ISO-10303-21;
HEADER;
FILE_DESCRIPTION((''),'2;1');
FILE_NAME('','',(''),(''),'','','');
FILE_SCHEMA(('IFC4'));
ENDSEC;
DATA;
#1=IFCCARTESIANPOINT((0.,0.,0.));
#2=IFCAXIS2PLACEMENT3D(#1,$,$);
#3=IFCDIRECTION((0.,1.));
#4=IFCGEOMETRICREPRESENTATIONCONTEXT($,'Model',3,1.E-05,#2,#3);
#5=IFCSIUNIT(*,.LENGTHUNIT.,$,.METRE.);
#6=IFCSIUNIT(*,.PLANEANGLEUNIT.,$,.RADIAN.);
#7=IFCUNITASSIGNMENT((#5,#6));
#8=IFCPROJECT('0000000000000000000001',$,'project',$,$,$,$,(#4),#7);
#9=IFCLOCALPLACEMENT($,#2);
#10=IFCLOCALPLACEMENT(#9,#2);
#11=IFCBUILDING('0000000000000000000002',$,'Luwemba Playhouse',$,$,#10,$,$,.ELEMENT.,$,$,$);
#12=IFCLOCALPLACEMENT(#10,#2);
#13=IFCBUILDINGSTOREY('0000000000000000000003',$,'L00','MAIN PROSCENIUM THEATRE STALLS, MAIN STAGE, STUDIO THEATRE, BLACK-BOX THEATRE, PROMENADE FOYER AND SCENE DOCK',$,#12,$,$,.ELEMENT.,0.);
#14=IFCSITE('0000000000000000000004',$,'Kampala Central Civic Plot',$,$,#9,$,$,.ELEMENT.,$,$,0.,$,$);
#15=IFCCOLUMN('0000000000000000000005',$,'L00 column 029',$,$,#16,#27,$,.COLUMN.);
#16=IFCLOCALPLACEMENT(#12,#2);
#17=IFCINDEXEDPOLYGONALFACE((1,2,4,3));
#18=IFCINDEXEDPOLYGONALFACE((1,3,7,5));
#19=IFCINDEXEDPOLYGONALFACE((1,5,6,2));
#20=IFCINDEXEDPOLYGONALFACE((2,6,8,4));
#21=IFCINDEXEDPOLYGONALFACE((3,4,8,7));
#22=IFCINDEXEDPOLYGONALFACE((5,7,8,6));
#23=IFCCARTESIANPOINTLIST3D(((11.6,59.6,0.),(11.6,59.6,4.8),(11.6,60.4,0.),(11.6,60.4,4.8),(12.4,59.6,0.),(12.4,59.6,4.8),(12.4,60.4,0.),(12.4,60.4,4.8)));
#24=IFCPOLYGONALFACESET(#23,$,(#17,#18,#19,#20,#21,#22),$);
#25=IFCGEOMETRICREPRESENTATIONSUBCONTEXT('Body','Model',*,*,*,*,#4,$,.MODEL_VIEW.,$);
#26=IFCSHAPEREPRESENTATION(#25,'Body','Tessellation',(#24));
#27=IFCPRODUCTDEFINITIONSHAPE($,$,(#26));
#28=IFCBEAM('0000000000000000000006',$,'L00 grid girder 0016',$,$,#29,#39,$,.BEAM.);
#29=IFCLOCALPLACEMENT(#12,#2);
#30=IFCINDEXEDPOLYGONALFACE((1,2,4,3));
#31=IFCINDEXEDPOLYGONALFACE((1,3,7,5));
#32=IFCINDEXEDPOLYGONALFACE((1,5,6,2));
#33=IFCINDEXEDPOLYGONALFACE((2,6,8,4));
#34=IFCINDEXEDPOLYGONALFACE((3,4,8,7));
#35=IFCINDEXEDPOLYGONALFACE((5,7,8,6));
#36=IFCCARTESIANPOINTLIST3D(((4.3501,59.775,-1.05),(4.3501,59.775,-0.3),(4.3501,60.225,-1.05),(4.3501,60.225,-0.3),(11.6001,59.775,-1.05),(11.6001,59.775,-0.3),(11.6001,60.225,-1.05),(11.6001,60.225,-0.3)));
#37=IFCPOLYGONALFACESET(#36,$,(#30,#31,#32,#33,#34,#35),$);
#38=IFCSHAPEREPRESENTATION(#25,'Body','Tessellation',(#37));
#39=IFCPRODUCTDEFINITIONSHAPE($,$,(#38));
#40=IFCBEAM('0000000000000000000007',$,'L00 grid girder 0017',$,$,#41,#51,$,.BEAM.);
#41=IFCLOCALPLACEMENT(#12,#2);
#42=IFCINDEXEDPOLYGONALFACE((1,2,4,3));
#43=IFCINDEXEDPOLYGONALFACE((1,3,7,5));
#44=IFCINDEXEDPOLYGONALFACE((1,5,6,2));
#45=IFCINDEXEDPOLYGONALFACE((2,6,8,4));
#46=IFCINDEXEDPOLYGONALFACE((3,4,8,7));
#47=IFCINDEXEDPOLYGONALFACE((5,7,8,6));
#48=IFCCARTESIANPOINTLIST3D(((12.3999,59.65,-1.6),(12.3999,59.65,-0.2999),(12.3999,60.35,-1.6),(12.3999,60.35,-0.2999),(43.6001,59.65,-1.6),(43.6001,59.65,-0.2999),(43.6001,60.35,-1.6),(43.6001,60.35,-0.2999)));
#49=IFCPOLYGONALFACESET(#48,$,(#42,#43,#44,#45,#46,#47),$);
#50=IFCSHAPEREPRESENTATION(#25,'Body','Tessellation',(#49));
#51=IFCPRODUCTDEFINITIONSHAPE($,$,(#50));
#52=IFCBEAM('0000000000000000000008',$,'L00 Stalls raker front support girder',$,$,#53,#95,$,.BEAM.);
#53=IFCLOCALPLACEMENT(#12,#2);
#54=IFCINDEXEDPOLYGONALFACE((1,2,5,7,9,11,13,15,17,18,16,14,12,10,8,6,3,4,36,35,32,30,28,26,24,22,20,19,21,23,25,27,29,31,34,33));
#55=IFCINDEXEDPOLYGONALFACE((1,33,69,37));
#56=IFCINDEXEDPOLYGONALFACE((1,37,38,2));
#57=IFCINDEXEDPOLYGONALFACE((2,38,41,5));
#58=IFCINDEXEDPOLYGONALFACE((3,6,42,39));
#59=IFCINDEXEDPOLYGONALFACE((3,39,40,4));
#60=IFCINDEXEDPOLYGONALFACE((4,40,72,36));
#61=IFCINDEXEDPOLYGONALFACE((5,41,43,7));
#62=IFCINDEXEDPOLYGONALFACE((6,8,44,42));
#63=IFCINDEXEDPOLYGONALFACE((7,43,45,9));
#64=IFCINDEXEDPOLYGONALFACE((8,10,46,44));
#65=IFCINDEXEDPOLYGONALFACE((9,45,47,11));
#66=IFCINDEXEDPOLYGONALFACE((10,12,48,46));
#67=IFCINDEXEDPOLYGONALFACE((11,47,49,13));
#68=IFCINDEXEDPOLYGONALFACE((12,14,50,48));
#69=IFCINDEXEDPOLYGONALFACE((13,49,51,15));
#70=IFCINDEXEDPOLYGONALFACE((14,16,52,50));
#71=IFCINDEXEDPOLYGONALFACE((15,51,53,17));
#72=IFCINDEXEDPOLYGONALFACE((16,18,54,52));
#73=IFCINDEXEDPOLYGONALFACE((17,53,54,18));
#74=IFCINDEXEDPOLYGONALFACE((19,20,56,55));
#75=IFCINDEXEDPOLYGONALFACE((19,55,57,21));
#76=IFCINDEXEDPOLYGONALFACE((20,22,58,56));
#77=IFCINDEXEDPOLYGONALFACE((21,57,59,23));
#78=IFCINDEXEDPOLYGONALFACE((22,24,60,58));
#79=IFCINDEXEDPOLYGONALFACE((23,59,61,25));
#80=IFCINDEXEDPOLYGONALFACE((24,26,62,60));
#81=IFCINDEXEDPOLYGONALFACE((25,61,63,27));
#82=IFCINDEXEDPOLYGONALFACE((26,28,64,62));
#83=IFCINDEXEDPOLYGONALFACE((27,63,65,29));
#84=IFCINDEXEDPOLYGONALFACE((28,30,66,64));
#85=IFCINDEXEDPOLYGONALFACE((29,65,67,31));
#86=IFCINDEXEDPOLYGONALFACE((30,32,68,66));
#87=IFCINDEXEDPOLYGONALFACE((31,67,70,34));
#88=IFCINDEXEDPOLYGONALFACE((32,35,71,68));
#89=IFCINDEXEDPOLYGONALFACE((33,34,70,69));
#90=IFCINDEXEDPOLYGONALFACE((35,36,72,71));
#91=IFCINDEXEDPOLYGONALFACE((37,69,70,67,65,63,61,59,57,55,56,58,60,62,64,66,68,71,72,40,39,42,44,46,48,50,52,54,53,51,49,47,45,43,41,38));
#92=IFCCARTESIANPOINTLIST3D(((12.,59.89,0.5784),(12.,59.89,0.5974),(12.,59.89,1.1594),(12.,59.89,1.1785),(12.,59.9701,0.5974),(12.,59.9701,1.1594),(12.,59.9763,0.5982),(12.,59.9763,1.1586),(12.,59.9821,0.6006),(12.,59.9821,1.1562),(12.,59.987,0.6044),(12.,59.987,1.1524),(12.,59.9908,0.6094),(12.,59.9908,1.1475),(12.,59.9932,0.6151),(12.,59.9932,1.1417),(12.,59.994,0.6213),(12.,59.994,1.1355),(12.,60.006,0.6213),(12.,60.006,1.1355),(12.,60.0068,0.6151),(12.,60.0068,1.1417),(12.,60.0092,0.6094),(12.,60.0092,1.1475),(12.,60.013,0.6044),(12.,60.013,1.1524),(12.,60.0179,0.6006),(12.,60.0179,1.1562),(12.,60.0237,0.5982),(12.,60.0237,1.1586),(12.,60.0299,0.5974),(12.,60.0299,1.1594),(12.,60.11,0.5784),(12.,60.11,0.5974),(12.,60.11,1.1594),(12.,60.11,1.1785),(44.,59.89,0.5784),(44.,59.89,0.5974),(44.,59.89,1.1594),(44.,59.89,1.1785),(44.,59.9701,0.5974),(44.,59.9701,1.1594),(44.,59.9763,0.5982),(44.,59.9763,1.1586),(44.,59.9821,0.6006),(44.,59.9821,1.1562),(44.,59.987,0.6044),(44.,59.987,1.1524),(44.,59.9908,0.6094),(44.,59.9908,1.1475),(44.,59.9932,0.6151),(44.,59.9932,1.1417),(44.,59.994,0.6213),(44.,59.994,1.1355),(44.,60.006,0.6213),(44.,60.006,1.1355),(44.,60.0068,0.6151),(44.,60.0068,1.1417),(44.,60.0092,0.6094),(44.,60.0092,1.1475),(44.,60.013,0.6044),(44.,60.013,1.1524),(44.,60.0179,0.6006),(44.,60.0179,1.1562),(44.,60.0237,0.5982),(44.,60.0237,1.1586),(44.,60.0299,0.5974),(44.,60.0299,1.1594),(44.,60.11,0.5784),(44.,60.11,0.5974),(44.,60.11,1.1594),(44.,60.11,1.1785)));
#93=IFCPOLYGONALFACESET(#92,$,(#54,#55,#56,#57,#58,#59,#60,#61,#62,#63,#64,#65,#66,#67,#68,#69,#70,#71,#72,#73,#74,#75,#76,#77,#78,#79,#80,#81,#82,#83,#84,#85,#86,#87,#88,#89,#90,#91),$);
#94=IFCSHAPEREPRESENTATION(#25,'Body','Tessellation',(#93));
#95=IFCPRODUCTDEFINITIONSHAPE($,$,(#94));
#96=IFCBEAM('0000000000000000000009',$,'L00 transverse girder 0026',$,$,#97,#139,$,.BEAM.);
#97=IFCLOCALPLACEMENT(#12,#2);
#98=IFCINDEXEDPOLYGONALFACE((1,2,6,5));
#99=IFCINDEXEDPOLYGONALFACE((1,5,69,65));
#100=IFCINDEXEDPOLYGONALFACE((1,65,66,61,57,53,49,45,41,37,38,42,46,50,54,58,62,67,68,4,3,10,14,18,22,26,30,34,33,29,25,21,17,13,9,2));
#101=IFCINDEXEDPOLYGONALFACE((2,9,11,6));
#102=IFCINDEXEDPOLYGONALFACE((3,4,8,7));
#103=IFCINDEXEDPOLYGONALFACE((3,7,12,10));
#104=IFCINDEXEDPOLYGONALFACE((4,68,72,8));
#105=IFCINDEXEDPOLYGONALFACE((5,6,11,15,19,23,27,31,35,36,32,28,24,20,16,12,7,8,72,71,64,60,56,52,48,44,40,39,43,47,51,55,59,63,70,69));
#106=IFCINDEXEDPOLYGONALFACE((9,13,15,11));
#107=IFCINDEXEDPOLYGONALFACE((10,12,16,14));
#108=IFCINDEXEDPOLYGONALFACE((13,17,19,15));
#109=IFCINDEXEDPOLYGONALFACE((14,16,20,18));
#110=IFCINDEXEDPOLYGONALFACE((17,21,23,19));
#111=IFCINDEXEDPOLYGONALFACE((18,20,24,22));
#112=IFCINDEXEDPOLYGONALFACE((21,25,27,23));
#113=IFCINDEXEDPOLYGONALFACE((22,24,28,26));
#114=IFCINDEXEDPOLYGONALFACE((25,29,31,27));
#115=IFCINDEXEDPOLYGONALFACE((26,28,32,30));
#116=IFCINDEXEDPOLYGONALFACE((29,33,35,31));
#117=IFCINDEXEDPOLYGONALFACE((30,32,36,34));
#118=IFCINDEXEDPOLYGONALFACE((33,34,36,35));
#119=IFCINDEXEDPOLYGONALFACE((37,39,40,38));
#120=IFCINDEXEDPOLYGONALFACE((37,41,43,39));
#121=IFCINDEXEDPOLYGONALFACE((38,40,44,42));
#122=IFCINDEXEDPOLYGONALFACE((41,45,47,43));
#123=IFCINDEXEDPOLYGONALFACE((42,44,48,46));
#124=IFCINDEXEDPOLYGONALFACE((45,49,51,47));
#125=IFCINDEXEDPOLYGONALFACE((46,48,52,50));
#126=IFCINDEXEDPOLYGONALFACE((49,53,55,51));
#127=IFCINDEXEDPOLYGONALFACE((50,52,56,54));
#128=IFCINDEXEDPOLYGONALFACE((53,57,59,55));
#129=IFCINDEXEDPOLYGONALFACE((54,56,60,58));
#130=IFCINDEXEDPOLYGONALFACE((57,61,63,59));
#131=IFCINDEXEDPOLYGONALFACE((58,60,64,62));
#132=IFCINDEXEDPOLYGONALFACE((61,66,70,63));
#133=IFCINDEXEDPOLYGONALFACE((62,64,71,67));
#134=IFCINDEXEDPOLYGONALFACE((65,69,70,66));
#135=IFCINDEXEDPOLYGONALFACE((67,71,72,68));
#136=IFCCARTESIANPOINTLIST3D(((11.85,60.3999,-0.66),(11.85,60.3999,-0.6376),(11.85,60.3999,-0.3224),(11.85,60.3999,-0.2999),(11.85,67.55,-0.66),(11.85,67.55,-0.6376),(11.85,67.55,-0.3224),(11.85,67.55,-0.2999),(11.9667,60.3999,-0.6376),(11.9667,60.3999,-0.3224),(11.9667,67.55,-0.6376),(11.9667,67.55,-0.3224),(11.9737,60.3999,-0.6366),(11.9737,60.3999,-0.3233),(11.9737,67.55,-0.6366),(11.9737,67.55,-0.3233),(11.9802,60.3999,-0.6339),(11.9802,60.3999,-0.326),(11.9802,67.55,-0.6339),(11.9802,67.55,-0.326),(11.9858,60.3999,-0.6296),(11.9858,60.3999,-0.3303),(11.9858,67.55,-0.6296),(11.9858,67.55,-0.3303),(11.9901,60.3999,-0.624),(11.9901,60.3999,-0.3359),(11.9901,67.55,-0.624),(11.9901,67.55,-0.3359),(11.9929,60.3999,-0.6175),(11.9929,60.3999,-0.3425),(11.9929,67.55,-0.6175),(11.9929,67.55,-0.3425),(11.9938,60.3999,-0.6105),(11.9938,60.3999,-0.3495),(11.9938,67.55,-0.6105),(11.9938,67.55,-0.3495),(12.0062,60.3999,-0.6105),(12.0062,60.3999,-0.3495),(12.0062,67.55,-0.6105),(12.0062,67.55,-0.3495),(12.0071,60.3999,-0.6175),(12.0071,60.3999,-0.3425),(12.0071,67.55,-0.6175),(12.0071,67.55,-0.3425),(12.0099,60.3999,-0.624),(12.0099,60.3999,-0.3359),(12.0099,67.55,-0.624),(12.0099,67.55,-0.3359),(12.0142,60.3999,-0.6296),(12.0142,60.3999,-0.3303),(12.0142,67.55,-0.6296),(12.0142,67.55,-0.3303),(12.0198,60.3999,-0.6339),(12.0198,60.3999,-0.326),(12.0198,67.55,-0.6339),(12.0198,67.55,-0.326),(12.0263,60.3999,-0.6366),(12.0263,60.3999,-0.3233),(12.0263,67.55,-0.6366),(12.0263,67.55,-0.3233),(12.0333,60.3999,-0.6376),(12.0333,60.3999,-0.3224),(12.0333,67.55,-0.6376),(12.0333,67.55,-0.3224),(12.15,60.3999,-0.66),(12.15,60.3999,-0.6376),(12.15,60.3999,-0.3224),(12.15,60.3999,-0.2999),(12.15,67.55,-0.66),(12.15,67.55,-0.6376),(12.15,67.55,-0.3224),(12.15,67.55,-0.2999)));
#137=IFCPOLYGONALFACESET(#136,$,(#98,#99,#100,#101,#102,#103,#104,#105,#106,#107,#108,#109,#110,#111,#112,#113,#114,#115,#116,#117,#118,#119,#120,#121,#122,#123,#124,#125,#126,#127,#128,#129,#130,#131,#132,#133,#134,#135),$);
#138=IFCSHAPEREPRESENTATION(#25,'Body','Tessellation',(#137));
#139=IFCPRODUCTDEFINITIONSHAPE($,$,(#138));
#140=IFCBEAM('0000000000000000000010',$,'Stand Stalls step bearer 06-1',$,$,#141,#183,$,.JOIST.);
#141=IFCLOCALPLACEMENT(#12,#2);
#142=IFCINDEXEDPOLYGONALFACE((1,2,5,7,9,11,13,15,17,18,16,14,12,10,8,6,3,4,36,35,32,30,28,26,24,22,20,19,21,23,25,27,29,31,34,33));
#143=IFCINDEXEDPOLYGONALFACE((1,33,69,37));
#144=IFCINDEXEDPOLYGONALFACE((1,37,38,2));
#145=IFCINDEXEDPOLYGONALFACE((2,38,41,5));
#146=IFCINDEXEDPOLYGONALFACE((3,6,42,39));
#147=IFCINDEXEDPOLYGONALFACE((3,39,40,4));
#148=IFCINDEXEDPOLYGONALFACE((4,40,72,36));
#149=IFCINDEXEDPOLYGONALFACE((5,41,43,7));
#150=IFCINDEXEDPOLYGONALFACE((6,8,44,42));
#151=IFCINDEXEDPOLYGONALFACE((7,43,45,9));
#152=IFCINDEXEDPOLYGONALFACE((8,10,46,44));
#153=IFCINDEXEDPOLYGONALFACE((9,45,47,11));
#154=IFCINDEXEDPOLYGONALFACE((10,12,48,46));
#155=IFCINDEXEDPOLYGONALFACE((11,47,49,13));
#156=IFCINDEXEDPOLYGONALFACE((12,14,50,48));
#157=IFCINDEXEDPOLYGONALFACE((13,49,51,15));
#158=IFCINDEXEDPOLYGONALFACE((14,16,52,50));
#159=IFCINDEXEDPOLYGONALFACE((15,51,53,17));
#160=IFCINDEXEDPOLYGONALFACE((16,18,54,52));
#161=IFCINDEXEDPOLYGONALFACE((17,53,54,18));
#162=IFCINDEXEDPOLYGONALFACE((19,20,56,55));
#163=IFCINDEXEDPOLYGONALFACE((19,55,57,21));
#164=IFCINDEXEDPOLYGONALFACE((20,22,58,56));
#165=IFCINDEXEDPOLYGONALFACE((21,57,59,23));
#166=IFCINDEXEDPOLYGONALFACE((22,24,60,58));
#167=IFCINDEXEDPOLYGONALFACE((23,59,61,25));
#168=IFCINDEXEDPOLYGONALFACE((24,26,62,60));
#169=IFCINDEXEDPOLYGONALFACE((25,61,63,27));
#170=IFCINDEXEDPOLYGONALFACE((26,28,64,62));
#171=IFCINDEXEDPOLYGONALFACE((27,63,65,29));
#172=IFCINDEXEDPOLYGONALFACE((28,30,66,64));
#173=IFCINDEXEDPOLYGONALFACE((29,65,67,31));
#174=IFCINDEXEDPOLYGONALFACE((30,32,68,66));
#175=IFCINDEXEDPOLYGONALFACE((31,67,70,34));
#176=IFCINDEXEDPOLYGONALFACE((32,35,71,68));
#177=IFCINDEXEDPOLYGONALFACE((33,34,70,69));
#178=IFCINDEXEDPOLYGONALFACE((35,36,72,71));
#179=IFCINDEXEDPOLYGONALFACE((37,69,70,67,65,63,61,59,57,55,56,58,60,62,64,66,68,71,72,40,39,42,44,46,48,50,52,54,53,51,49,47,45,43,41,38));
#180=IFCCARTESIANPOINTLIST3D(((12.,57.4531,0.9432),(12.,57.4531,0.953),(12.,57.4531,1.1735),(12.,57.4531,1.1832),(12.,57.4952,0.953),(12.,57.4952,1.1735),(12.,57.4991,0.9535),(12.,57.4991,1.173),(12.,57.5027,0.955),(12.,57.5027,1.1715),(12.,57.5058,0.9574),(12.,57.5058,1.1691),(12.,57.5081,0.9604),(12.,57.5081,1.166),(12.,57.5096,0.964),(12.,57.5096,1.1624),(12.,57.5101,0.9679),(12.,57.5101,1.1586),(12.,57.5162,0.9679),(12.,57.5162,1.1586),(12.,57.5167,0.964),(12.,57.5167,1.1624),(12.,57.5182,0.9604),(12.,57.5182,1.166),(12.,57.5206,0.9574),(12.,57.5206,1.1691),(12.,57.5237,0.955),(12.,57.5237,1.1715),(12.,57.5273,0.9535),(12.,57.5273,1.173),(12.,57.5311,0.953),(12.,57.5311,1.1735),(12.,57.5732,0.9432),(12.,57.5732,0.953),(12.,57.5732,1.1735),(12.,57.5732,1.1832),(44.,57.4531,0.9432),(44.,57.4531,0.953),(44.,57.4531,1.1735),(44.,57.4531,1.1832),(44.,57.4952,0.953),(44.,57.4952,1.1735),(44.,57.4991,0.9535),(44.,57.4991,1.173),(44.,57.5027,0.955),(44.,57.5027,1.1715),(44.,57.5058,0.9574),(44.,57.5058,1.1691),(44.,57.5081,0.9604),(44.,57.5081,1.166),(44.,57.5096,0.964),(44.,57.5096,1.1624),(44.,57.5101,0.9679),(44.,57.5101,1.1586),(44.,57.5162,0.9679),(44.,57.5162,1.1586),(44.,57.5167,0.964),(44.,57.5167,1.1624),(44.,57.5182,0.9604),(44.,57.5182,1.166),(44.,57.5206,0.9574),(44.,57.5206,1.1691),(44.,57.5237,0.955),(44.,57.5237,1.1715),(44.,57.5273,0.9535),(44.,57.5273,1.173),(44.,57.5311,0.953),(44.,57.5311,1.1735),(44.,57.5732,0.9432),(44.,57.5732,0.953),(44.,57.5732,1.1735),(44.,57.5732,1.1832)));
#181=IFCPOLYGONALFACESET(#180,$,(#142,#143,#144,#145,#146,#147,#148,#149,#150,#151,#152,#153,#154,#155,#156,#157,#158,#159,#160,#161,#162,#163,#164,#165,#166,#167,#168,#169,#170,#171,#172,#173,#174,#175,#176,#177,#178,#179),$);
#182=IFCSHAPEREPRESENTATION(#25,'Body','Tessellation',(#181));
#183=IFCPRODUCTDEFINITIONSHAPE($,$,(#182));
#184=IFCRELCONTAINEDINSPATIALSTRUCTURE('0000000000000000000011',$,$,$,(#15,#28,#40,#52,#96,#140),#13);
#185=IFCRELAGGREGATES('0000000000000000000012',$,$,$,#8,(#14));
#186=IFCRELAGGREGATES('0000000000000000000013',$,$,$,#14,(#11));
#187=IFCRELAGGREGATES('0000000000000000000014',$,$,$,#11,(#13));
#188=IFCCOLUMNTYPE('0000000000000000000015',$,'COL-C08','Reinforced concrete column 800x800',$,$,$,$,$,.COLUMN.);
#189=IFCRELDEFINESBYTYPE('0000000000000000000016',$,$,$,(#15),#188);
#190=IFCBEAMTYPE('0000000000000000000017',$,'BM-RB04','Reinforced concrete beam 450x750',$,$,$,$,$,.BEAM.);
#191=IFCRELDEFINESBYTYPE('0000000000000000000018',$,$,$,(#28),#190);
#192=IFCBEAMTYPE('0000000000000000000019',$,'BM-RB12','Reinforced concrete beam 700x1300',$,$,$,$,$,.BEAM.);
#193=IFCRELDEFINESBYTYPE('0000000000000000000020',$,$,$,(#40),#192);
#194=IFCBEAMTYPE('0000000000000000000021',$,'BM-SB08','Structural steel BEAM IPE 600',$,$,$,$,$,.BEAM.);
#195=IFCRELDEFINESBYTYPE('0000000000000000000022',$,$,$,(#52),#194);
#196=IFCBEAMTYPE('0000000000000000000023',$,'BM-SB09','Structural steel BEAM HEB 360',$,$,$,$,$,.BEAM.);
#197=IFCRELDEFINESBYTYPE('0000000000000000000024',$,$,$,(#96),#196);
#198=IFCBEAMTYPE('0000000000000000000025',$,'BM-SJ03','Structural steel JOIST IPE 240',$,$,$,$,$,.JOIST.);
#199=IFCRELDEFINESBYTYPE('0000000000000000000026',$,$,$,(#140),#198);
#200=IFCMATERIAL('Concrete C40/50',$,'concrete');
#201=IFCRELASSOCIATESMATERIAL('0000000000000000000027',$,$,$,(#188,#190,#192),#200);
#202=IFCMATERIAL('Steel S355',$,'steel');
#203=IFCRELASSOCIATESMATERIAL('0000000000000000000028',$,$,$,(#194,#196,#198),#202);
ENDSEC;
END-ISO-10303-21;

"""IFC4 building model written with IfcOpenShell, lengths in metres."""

from ifc_helpers import new_model, si_unit, direction, frame, origin, origin_2d, place, context, subcontext, project, spatial, rectangle, i_section, extrude, material, material_profile, profile_set, type_object, element, save


model = new_model("IFC4")

# Units and contexts
model_context = context("Model", 3, precision=1e-05, world=origin(), true_north=direction((0.0, 1.0)))
body_context = subcontext(model_context, "Body", "Model", "MODEL_VIEW")
ifc_project = project(units=[si_unit("LENGTHUNIT", "METRE"), si_unit("PLANEANGLEUNIT", "RADIAN")], contexts=[model_context])

# Site, building, storey
site_placement = place(None, origin())
site = spatial("IfcSite", under=ifc_project, at=site_placement, Name="Kampala Central Civic Plot", CompositionType="ELEMENT", RefElevation=0.0)
building_placement = place(site_placement, origin())
building = spatial("IfcBuilding", under=site, at=building_placement, Name="Luwemba Playhouse", CompositionType="ELEMENT")
storey_placement = place(building_placement, origin())
storey = spatial("IfcBuildingStorey", under=building, at=storey_placement, Name="L00", Description="MAIN PROSCENIUM THEATRE STALLS, MAIN STAGE, STUDIO THEATRE, BLACK-BOX THEATRE, PROMENADE FOYER AND SCENE DOCK", CompositionType="ELEMENT", Elevation=0.0)

# Column
ifc_material_1 = material(Name="Concrete C40/50", Category="concrete")
ifc_material_profile_1 = material_profile(ifc_material_1, rectangle(XDim=0.8, YDim=0.8, at=origin_2d()))
ifc_profile_set_1 = profile_set([ifc_material_profile_1], Name="Concrete C40/50")
column_type = type_object("IfcColumnType", Name="COL-C08", Description="Reinforced concrete column 800x800", PredefinedType="COLUMN", material=ifc_profile_set_1)
column_placement = place(storey_placement, frame((12.0, 60.0, 0.0), z_axis=(0.0, 0.0, 1.0), x_axis=(1.0, 0.0, 0.0)))
element("IfcColumn", 1, at=column_placement, inside=storey, type_object=column_type, Name="L00 column 029", PredefinedType="COLUMN", context=body_context, shape_type="SweptSolid", body=[
    extrude(rectangle(XDim=0.8, YDim=0.8, at=origin_2d()), origin(), (0.0, 0.0, 1.0), 4.8),
])

# Beams
ifc_material_profile_2 = material_profile(ifc_material_1, rectangle(XDim=0.45, YDim=0.75, at=origin_2d()))
ifc_profile_set_2 = profile_set([ifc_material_profile_2], Name="Concrete C40/50")
beam_type_1 = type_object("IfcBeamType", Name="BM-RB04", Description="Reinforced concrete beam 450x750", PredefinedType="BEAM", material=ifc_profile_set_2)
beam_1_placement = place(storey_placement, frame((4.3501, 60.0, -0.675), z_axis=(1.0, 0.0, 0.0), x_axis=(0.0, 1.0, 0.0)))
element("IfcBeam", 2, at=beam_1_placement, inside=storey, type_object=beam_type_1, Name="L00 grid girder 0016", PredefinedType="BEAM", context=body_context, shape_type="SweptSolid", body=[
    extrude(rectangle(XDim=0.45, YDim=0.75, at=origin_2d()), origin(), (0.0, 0.0, 1.0), 7.25),
])
ifc_material_profile_3 = material_profile(ifc_material_1, rectangle(XDim=0.7, YDim=1.3, at=origin_2d()))
ifc_profile_set_3 = profile_set([ifc_material_profile_3], Name="Concrete C40/50")
beam_type_2 = type_object("IfcBeamType", Name="BM-RB12", Description="Reinforced concrete beam 700x1300", PredefinedType="BEAM", material=ifc_profile_set_3)
beam_2_placement = place(storey_placement, frame((12.3999, 60.0, -0.95), z_axis=(1.0, 0.0, 0.0), x_axis=(0.0, 1.0, 0.0)))
element("IfcBeam", 3, at=beam_2_placement, inside=storey, type_object=beam_type_2, Name="L00 grid girder 0017", PredefinedType="BEAM", context=body_context, shape_type="SweptSolid", body=[
    extrude(rectangle(XDim=0.7, YDim=1.3, at=origin_2d()), origin(), (0.0, 0.0, 1.0), 31.2002),
])
ifc_material_2 = material(Name="Steel S355", Category="steel")
ifc_material_profile_4 = material_profile(ifc_material_2, i_section(OverallWidth=0.22, OverallDepth=0.6001, WebThickness=0.012, FlangeThickness=0.019, FilletRadius=0.0239, at=origin_2d()))
ifc_profile_set_4 = profile_set([ifc_material_profile_4], Name="Steel S355")
beam_type_3 = type_object("IfcBeamType", Name="BM-SB08", Description="Structural steel BEAM IPE 600", PredefinedType="BEAM", material=ifc_profile_set_4)
beam_3_placement = place(storey_placement, frame((12.0, 60.0, 0.8784), z_axis=(1.0, 0.0, 0.0), x_axis=(0.0, 1.0, 0.0)))
element("IfcBeam", 4, at=beam_3_placement, inside=storey, type_object=beam_type_3, Name="L00 Stalls raker front support girder", PredefinedType="BEAM", context=body_context, shape_type="SweptSolid", body=[
    extrude(i_section(OverallWidth=0.22, OverallDepth=0.6001, WebThickness=0.012, FlangeThickness=0.019, FilletRadius=0.0239, at=origin_2d()), origin(), (0.0, 0.0, 1.0), 32.0),
])
ifc_material_profile_5 = material_profile(ifc_material_2, i_section(OverallWidth=0.3, OverallDepth=0.3601, WebThickness=0.0125, FlangeThickness=0.0225, FilletRadius=0.0271, at=origin_2d()))
ifc_profile_set_5 = profile_set([ifc_material_profile_5], Name="Steel S355")
beam_type_4 = type_object("IfcBeamType", Name="BM-SB09", Description="Structural steel BEAM HEB 360", PredefinedType="BEAM", material=ifc_profile_set_5)
beam_4_placement = place(storey_placement, frame((12.0, 60.3999, -0.48), z_axis=(0.0, 1.0, 0.0), x_axis=(-1.0, 0.0, 0.0)))
element("IfcBeam", 5, at=beam_4_placement, inside=storey, type_object=beam_type_4, Name="L00 transverse girder 0026", PredefinedType="BEAM", context=body_context, shape_type="SweptSolid", body=[
    extrude(i_section(OverallWidth=0.3, OverallDepth=0.3601, WebThickness=0.0125, FlangeThickness=0.0225, FilletRadius=0.0271, at=origin_2d()), origin(), (0.0, 0.0, 1.0), 7.1501),
])
ifc_material_profile_6 = material_profile(ifc_material_2, i_section(OverallWidth=0.1201, OverallDepth=0.24, WebThickness=0.0061, FlangeThickness=0.0098, FilletRadius=0.0149, at=origin_2d()))
ifc_profile_set_6 = profile_set([ifc_material_profile_6], Name="Steel S355")
beam_type_5 = type_object("IfcBeamType", Name="BM-SJ03", Description="Structural steel JOIST IPE 240", PredefinedType="JOIST", material=ifc_profile_set_6)
for number, where, z_axis, x_axis, name in (
    (6, (12.0, 57.5132, 1.0632), (1.0, 0.0, 0.0), (0.0, 1.0, 0.0), "Stand Stalls step bearer 06-1"),
):
    element("IfcBeam", number, at=place(storey_placement, frame(where, z_axis=z_axis, x_axis=x_axis)), inside=storey, type_object=beam_type_5, Name=name, PredefinedType="JOIST", context=body_context, shape_type="SweptSolid", body=[
        extrude(i_section(OverallWidth=0.1201, OverallDepth=0.24, WebThickness=0.0061, FlangeThickness=0.0098, FilletRadius=0.0149, at=origin_2d()), origin(), (0.0, 0.0, 1.0), 32.0),
    ])

save(model, "model.ifc")
